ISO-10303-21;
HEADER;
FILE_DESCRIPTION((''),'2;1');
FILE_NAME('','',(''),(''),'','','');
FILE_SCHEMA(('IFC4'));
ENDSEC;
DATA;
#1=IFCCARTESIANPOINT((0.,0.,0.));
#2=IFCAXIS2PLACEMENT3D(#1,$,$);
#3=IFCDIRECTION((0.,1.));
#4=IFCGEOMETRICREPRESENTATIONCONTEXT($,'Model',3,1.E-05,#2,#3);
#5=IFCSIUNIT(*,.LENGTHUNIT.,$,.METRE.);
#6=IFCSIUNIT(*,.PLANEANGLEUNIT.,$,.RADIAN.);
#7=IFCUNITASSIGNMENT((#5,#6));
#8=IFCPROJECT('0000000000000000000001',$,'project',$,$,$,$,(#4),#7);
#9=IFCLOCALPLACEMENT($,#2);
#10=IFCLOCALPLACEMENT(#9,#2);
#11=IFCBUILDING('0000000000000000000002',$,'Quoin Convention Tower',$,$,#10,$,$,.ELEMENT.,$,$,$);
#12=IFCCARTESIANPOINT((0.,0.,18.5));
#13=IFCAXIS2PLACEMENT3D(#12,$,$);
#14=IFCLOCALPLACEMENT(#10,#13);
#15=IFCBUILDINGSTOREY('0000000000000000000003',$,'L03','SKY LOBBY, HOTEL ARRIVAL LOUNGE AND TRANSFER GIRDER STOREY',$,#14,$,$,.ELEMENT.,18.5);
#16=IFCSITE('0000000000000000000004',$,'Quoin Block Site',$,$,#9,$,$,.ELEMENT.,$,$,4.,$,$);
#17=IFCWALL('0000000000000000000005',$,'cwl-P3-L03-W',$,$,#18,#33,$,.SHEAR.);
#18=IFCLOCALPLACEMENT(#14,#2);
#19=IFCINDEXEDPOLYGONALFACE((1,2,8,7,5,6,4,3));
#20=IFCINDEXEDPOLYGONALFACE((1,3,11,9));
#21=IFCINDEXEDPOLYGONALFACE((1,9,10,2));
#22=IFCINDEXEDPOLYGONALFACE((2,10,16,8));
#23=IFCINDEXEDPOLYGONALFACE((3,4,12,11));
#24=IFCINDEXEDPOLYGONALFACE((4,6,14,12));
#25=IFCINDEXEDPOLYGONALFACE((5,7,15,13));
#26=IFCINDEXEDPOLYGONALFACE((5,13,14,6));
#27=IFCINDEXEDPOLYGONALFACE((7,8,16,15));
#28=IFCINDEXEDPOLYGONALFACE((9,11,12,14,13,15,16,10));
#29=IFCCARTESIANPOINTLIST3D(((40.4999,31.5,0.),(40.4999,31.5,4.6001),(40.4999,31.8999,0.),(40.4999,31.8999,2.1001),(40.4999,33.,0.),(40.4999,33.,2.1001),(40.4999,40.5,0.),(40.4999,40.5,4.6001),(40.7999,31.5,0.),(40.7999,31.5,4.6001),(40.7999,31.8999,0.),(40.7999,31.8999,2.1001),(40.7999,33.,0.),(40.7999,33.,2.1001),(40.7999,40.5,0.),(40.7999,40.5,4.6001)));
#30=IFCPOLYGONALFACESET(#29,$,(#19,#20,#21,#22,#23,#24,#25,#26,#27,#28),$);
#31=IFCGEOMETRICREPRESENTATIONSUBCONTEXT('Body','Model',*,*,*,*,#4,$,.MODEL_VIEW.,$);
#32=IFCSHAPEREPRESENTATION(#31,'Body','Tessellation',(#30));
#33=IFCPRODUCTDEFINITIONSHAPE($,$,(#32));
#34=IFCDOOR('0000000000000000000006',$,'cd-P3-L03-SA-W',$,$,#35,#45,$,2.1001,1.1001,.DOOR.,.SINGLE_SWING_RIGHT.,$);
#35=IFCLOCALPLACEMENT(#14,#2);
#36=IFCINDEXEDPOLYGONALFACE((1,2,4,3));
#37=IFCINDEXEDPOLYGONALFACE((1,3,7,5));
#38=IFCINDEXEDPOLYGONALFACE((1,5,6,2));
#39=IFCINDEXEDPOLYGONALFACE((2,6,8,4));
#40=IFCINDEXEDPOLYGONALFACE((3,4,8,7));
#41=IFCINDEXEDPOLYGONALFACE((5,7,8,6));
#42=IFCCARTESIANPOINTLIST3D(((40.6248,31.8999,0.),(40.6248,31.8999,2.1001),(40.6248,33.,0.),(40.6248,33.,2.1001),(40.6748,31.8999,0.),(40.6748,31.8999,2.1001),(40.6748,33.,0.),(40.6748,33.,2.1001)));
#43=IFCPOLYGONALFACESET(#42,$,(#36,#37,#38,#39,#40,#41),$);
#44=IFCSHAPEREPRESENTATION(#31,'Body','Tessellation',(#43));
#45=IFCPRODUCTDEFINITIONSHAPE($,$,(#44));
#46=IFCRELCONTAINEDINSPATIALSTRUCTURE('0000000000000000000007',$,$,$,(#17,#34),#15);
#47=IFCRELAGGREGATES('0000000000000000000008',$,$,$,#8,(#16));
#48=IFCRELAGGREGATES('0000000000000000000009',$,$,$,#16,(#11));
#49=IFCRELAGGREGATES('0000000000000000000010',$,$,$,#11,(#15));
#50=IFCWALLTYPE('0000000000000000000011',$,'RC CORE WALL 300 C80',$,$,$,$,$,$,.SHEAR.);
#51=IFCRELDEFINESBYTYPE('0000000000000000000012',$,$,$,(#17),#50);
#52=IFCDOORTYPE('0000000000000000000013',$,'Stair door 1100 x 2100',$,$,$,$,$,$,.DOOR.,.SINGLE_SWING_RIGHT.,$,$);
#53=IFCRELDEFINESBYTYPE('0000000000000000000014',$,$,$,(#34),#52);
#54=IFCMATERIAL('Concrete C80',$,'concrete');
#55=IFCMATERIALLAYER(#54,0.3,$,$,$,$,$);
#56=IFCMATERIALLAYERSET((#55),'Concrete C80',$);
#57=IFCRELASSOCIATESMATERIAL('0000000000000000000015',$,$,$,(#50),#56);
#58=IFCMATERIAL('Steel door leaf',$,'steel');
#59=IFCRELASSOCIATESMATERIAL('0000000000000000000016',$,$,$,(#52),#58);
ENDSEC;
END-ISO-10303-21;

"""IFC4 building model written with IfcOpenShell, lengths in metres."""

from ifc_helpers import new_model, si_unit, direction, frame, frame_2d, origin, place, context, subcontext, project, spatial, rectangle, extrude, material, layer, layer_set, type_object, element, fill, save


model = new_model("IFC4")

# Units and contexts
model_context = context("Model", 3, precision=1e-05, world=origin(), true_north=direction((0.0, 1.0)))
body_context = subcontext(model_context, "Body", "Model", "MODEL_VIEW")
ifc_project = project(units=[si_unit("LENGTHUNIT", "METRE"), si_unit("PLANEANGLEUNIT", "RADIAN")], contexts=[model_context])

# Site, building, storey
site_placement = place(None, origin())
site = spatial("IfcSite", under=ifc_project, at=site_placement, Name="Quoin Block Site", CompositionType="ELEMENT", RefElevation=4.0)
building_placement = place(site_placement, origin())
building = spatial("IfcBuilding", under=site, at=building_placement, Name="Quoin Convention Tower", CompositionType="ELEMENT")
storey_placement = place(building_placement, frame((0.0, 0.0, 18.5)))
storey = spatial("IfcBuildingStorey", under=building, at=storey_placement, Name="L03", Description="SKY LOBBY, HOTEL ARRIVAL LOUNGE AND TRANSFER GIRDER STOREY", CompositionType="ELEMENT", Elevation=18.5)

# Shared definitions
ifc_material_1 = material(Name="Concrete C80", Category="concrete")

# Shared definitions
ifc_material_2 = material(Name="Steel door leaf", Category="steel")

# Wall, opening, door
ifc_layer_1 = layer(ifc_material_1, 0.3)
ifc_layer_set_1 = layer_set([ifc_layer_1], Name="Concrete C80")
wall_type_1 = type_object("IfcWallType", Name="RC CORE WALL 300 C80", PredefinedType="SHEAR", material=ifc_layer_set_1)
wall_1_placement = place(storey_placement, frame((40.6499, 31.5, 0.0), z_axis=(0.0, 0.0, 1.0), x_axis=(0.0, 1.0, 0.0)))
wall_1 = element("IfcWall", 1, at=wall_1_placement, inside=storey, type_object=wall_type_1, Name="cwl-P3-L03-W", PredefinedType="SHEAR", context=body_context, shape_type="SweptSolid", body=[
    extrude(rectangle(XDim=9.0, YDim=0.3, at=frame_2d((4.5, 0.0))), origin(), (0.0, 0.0, 1.0), 4.6001),
])
opening_1_placement = place(wall_1_placement, frame((0.3999, 0.0, 0.0)))
opening_1 = element("IfcOpeningElement", 2, at=opening_1_placement, cuts=wall_1, PredefinedType="OPENING", context=body_context, shape_type="SweptSolid", body=[
    extrude(rectangle(XDim=1.1001, YDim=2.1001, at=frame_2d((0.55, 1.05))), frame((0.0, 0.1599, 0.0), z_axis=(0.0, -1.0, 0.0), x_axis=(1.0, 0.0, 0.0)), (0.0, 0.0, 1.0), 0.3201),
])
door_type_1 = type_object("IfcDoorType", Name="Stair door 1100 x 2100", OperationType="SINGLE_SWING_RIGHT", PredefinedType="DOOR", material=ifc_material_2)
door_1_placement = place(opening_1_placement, frame((1.1001, 0.0, 0.0), z_axis=(0.0, 0.0, 1.0), x_axis=(-1.0, 0.0, 0.0)))
door_1 = element("IfcDoor", 3, at=door_1_placement, inside=storey, type_object=door_type_1, Name="cd-P3-L03-SA-W", OperationType="SINGLE_SWING_RIGHT", OverallHeight=2.1001, OverallWidth=1.1001, PredefinedType="DOOR", context=body_context, shape_type="SweptSolid", body=[
    extrude(rectangle(XDim=1.1001, YDim=2.1001, at=frame_2d((0.55, 1.05))), frame((0.0, 0.0249, 0.0), z_axis=(0.0, -1.0, 0.0), x_axis=(1.0, 0.0, 0.0)), (0.0, 0.0, 1.0), 0.05),
])
fill(opening_1, door_1)

save(model, "model.ifc")
